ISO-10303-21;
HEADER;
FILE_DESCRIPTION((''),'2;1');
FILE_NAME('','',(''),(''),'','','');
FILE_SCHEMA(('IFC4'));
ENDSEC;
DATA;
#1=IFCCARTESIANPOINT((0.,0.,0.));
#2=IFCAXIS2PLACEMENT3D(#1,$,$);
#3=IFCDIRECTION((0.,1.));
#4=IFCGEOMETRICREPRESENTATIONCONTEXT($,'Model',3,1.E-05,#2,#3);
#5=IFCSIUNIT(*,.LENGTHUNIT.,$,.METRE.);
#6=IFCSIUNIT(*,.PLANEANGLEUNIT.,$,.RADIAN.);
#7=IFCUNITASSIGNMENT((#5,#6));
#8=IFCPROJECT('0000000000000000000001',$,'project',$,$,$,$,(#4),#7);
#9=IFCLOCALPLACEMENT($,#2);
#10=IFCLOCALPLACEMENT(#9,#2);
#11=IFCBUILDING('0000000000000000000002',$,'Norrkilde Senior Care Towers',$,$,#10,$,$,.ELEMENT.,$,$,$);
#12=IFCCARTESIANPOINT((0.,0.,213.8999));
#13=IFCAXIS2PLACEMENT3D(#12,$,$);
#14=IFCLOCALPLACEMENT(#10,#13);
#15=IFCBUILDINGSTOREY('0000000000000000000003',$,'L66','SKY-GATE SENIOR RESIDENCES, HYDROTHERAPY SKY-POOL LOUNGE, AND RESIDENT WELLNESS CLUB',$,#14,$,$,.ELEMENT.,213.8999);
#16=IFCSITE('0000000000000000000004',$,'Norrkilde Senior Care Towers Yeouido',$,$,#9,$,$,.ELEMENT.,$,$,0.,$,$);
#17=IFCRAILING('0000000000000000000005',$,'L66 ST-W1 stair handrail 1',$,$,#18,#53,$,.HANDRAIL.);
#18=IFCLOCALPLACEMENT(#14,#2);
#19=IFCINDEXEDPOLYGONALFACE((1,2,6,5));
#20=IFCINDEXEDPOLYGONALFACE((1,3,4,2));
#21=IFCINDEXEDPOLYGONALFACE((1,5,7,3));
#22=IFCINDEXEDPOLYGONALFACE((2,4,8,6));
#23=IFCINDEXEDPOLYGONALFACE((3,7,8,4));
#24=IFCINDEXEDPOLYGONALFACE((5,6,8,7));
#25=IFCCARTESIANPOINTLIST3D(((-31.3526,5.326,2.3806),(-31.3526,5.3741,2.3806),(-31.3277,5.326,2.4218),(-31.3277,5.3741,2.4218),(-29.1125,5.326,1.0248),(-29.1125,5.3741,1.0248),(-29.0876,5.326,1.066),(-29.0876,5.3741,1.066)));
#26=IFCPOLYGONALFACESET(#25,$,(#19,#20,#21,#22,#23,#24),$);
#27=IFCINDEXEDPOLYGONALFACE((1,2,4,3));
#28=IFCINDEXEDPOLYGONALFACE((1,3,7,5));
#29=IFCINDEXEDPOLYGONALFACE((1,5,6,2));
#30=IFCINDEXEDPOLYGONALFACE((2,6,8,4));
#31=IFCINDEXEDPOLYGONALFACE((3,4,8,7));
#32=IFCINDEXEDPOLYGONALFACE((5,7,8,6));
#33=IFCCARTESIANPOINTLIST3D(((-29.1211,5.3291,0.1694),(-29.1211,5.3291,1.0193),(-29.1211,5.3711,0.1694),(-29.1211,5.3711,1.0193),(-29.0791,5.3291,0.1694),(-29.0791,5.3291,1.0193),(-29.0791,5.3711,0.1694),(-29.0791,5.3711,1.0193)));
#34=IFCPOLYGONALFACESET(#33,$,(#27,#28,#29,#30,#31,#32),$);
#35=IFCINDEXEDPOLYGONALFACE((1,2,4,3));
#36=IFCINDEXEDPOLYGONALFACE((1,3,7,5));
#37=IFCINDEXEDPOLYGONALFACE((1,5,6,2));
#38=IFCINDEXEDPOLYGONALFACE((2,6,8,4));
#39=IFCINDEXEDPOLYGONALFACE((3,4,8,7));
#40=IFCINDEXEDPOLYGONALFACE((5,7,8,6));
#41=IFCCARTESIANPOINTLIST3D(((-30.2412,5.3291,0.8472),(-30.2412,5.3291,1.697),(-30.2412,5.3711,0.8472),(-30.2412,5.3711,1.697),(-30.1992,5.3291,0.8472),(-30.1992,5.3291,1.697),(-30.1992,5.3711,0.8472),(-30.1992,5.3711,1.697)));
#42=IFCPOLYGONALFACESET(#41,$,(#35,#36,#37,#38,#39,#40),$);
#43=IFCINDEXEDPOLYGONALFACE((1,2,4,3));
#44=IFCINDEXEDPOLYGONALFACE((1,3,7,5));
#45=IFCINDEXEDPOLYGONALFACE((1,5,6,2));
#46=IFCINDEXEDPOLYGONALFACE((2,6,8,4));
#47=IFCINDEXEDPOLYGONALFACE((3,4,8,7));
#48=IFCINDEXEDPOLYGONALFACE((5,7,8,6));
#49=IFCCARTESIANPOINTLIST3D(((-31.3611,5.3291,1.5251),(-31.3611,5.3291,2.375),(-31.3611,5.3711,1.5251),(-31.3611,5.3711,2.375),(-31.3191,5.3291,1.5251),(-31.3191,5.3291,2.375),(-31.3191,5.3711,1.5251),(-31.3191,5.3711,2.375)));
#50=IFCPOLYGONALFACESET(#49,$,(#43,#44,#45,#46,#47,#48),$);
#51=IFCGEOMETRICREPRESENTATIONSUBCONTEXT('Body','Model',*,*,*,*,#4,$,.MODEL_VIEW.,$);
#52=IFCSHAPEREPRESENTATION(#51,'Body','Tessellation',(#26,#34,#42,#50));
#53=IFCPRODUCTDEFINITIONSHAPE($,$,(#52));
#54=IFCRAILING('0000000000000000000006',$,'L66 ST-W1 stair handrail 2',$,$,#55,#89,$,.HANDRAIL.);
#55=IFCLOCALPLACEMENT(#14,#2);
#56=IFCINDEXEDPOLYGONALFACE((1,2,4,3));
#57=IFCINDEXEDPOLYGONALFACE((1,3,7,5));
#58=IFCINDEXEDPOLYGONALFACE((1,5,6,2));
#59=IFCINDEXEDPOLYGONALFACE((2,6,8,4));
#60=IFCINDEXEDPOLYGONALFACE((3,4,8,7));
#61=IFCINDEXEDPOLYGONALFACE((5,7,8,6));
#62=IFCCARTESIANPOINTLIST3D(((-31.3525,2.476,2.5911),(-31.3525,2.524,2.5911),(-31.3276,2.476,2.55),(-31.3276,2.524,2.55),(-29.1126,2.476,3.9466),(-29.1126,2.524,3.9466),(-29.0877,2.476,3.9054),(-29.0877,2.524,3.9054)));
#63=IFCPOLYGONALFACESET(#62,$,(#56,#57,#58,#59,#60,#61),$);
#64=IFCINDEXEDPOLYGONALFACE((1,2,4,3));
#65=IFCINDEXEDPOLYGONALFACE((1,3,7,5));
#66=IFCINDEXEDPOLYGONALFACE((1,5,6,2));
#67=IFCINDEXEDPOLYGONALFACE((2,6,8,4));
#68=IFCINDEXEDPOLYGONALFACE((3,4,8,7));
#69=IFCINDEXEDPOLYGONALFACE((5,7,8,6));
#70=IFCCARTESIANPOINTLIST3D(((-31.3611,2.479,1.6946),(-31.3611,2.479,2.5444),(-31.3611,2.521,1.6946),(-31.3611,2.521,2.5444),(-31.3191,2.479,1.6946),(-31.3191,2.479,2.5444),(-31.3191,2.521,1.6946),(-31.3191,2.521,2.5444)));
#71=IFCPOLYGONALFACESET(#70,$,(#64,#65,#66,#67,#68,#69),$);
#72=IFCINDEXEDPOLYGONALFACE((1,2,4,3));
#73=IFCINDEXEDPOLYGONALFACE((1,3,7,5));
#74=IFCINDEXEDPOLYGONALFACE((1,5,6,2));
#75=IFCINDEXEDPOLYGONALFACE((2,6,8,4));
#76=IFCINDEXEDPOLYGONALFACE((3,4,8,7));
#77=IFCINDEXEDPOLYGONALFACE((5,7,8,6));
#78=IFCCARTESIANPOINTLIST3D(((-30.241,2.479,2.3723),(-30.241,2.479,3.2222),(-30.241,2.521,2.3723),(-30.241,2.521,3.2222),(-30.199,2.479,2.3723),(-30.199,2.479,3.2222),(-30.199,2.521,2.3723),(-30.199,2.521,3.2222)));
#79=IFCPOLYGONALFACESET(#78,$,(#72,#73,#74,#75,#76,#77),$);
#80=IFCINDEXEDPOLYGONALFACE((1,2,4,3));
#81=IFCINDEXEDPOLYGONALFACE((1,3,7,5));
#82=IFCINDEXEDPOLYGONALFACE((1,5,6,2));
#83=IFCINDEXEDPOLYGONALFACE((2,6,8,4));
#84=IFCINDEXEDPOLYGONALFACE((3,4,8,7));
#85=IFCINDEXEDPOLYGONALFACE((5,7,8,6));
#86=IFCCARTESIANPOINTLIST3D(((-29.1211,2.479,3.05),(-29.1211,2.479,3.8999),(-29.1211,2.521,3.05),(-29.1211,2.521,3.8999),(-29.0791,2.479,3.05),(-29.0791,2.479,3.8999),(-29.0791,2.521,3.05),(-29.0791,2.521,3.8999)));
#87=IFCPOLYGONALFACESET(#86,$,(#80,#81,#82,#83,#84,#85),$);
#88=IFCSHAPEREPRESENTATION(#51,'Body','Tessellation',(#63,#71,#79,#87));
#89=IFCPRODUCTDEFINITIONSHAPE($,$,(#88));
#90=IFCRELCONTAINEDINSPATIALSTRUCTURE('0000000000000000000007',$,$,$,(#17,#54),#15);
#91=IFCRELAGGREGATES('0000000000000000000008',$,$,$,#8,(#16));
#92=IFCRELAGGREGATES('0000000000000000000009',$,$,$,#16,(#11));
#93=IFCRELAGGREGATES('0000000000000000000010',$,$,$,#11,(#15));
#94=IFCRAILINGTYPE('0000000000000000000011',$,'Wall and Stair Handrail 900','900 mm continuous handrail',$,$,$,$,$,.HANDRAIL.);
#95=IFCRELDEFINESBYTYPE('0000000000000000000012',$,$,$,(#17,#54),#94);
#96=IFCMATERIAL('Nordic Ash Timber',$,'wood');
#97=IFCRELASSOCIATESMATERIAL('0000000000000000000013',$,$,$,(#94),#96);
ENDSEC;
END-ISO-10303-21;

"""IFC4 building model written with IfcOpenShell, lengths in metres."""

from ifc_helpers import new_model, si_unit, direction, frame, origin, origin_2d, place, context, subcontext, project, spatial, rectangle, extrude, material, type_object, element, save


model = new_model("IFC4")

# Units and contexts
model_context = context("Model", 3, precision=1e-05, world=origin(), true_north=direction((0.0, 1.0)))
body_context = subcontext(model_context, "Body", "Model", "MODEL_VIEW")
ifc_project = project(units=[si_unit("LENGTHUNIT", "METRE"), si_unit("PLANEANGLEUNIT", "RADIAN")], contexts=[model_context])

# Site, building, storey
site_placement = place(None, origin())
site = spatial("IfcSite", under=ifc_project, at=site_placement, Name="Norrkilde Senior Care Towers Yeouido", CompositionType="ELEMENT", RefElevation=0.0)
building_placement = place(site_placement, origin())
building = spatial("IfcBuilding", under=site, at=building_placement, Name="Norrkilde Senior Care Towers", CompositionType="ELEMENT")
storey_placement = place(building_placement, frame((0.0, 0.0, 213.8999)))
storey = spatial("IfcBuildingStorey", under=building, at=storey_placement, Name="L66", Description="SKY-GATE SENIOR RESIDENCES, HYDROTHERAPY SKY-POOL LOUNGE, AND RESIDENT WELLNESS CLUB", CompositionType="ELEMENT", Elevation=213.8999)

# Railings
ifc_material_1 = material(Name="Nordic Ash Timber", Category="wood")
railing_type_1 = type_object("IfcRailingType", Name="Wall and Stair Handrail 900", Description="900 mm continuous handrail", PredefinedType="HANDRAIL", material=ifc_material_1)
railing_1_placement = place(storey_placement, frame((-29.1001, 5.3501, 0.1694)))
element("IfcRailing", 1, at=railing_1_placement, inside=storey, type_object=railing_type_1, Name="L66 ST-W1 stair handrail 1", PredefinedType="HANDRAIL", context=body_context, shape_type="SweptSolid", body=[
    extrude(rectangle(XDim=0.0481, YDim=0.0481, at=origin_2d()), frame((0.0, 0.0, 0.876), z_axis=(-0.855512, 0.0, 0.517783), x_axis=(0.0, -1.0, 0.0)), (0.0, 0.0, 1.0), 2.6184),
    extrude(rectangle(XDim=0.042, YDim=0.042, at=origin_2d()), origin(), (0.0, 0.0, 1.0), 0.8499),
    extrude(rectangle(XDim=0.042, YDim=0.042, at=origin_2d()), frame((-1.1201, 0.0, 0.6777)), (0.0, 0.0, 1.0), 0.8499),
    extrude(rectangle(XDim=0.042, YDim=0.042, at=origin_2d()), frame((-2.24, 0.0, 1.3557)), (0.0, 0.0, 1.0), 0.8499),
])
railing_2_placement = place(storey_placement, frame((-31.3401, 2.5, 1.6946)))
element("IfcRailing", 2, at=railing_2_placement, inside=storey, type_object=railing_type_1, Name="L66 ST-W1 stair handrail 2", PredefinedType="HANDRAIL", context=body_context, shape_type="SweptSolid", body=[
    extrude(rectangle(XDim=0.0481, YDim=0.0481, at=origin_2d()), frame((0.0, 0.0, 0.876), z_axis=(0.855553, 0.0, 0.517715), x_axis=(0.0, 1.0, 0.0)), (0.0, 0.0, 1.0), 2.6182),
    extrude(rectangle(XDim=0.042, YDim=0.042, at=origin_2d()), origin(), (0.0, 0.0, 1.0), 0.8499),
    extrude(rectangle(XDim=0.042, YDim=0.042, at=origin_2d()), frame((1.1201, 0.0, 0.6777)), (0.0, 0.0, 1.0), 0.8499),
    extrude(rectangle(XDim=0.042, YDim=0.042, at=origin_2d()), frame((2.24, 0.0, 1.3555)), (0.0, 0.0, 1.0), 0.8499),
])

save(model, "model.ifc")
